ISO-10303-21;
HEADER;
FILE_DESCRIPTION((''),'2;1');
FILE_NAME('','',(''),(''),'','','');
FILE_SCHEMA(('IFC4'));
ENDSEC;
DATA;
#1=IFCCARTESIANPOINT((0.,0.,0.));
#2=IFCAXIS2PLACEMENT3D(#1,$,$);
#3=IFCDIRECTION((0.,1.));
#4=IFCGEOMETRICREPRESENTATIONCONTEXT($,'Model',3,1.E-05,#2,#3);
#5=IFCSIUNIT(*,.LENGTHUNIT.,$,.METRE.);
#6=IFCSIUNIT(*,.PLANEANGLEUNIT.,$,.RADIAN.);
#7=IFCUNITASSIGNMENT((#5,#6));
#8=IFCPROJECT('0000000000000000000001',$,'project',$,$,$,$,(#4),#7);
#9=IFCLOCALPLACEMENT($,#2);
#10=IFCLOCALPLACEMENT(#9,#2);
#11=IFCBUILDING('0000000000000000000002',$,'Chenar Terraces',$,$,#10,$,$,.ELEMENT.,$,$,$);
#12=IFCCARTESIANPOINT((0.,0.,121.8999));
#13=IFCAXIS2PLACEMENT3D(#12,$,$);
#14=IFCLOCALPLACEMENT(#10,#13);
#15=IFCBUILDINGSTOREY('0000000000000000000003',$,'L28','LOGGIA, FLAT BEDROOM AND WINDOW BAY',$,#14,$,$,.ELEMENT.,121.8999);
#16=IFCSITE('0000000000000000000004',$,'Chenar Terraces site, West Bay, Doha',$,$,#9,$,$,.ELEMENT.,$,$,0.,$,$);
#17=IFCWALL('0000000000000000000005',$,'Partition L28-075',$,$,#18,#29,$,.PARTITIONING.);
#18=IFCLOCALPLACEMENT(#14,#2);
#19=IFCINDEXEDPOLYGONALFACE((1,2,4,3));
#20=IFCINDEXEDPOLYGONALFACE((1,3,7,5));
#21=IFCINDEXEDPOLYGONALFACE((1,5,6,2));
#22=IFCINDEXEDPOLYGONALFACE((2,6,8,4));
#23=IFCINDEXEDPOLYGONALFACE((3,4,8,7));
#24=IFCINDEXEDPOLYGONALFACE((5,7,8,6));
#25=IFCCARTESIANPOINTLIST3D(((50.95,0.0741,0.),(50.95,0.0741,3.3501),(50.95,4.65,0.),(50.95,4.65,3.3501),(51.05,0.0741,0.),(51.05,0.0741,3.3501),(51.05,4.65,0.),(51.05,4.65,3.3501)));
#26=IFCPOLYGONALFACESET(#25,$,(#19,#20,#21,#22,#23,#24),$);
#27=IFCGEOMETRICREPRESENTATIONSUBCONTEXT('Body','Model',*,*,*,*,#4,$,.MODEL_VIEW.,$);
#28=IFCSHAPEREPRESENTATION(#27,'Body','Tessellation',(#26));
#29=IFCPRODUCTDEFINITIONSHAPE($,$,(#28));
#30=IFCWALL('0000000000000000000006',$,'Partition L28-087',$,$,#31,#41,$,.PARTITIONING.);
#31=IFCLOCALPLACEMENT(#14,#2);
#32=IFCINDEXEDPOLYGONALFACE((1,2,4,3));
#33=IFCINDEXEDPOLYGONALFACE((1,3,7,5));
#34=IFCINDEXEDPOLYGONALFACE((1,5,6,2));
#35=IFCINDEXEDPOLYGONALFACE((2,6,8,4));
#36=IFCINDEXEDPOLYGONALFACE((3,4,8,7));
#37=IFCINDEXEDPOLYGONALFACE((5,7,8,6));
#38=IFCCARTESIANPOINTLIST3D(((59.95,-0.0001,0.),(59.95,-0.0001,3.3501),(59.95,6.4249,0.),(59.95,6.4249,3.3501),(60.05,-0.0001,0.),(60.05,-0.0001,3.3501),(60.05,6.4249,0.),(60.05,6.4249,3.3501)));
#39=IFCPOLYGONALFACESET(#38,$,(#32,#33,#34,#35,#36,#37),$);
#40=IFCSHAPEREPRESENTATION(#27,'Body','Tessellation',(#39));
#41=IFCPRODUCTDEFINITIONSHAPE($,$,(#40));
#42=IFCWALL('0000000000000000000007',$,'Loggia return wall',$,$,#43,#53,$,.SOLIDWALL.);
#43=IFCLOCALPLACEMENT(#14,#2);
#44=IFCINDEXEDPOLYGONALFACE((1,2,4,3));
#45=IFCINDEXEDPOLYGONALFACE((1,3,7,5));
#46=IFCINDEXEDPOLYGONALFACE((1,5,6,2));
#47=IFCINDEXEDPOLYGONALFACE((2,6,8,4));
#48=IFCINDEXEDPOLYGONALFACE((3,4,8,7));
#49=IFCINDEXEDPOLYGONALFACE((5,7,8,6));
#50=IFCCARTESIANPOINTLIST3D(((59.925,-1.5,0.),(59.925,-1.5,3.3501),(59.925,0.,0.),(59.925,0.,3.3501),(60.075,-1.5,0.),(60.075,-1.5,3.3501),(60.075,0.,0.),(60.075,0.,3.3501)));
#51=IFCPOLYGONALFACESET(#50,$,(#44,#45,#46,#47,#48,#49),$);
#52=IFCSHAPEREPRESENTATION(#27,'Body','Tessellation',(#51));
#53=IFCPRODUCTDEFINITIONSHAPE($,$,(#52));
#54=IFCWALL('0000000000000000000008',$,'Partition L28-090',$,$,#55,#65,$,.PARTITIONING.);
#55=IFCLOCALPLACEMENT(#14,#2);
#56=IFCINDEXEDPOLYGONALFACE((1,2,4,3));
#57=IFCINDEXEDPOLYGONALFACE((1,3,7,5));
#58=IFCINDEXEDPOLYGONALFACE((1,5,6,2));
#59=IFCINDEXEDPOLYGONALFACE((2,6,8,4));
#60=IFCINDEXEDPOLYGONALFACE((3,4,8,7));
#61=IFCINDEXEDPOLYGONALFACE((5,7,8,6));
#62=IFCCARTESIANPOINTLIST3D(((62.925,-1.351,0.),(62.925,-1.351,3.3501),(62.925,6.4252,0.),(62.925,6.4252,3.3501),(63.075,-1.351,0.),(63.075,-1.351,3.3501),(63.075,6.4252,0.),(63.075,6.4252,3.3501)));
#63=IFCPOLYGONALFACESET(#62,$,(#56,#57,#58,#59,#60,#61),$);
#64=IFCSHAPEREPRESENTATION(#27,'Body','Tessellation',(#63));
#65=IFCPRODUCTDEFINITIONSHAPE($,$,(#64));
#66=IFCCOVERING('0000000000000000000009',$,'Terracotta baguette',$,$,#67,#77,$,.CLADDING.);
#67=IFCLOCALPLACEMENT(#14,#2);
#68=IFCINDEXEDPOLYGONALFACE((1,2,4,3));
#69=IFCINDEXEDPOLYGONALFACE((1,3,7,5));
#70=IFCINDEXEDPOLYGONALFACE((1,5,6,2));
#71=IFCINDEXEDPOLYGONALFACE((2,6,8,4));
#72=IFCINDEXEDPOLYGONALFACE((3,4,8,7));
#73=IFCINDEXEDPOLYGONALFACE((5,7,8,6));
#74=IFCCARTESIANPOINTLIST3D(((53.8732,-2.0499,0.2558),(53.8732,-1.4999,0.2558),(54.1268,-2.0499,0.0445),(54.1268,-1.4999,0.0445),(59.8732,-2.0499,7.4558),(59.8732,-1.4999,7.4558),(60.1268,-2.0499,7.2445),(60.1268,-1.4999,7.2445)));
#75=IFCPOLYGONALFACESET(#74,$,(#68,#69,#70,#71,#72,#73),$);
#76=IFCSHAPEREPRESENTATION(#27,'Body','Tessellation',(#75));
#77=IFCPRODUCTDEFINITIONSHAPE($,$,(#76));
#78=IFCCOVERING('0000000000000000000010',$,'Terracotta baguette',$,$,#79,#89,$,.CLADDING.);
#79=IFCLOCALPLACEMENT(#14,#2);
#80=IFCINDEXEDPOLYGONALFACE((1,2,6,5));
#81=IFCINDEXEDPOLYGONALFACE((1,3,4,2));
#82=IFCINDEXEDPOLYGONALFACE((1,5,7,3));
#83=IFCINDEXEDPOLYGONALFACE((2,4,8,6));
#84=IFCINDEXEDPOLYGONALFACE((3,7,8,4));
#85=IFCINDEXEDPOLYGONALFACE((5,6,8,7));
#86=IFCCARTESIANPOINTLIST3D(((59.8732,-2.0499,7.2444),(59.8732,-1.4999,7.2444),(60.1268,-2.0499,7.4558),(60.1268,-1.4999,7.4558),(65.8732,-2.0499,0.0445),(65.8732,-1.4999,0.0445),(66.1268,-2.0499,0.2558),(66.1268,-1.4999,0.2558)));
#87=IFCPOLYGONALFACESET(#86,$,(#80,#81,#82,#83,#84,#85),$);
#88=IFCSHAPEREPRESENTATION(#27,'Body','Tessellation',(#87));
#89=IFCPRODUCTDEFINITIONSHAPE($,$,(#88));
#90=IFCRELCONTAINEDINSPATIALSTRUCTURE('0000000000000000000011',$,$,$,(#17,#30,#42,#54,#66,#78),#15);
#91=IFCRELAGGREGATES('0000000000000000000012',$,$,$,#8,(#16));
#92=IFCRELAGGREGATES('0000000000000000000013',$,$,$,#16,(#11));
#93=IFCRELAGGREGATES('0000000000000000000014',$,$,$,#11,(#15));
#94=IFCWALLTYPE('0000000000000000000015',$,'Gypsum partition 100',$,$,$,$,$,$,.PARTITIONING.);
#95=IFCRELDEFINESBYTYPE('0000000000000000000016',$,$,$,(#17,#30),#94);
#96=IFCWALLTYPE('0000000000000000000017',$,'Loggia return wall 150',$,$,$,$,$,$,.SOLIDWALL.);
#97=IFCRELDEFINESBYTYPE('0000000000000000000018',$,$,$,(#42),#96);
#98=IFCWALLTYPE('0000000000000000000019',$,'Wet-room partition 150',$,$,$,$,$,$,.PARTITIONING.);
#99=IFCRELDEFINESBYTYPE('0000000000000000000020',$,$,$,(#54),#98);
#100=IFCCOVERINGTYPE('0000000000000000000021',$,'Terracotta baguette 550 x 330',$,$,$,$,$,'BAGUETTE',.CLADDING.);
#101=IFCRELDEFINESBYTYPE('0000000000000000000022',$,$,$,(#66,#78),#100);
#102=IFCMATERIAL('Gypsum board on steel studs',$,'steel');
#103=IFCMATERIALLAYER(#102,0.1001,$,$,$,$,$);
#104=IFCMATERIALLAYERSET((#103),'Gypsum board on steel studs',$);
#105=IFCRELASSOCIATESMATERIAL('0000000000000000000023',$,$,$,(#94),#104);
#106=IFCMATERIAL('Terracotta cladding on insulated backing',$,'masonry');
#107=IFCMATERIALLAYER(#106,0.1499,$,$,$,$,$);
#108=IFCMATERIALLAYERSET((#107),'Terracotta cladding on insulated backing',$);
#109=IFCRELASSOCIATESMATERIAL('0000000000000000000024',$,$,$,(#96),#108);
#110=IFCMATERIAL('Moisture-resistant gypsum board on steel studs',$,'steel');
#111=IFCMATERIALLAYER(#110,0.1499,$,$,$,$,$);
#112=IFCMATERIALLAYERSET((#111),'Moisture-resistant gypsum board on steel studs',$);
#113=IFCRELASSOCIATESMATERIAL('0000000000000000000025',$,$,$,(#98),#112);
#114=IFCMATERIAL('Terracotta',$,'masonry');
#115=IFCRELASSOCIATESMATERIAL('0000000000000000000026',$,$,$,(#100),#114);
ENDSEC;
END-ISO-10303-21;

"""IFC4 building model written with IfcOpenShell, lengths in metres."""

from ifc_helpers import new_model, si_unit, direction, frame, frame_2d, origin, origin_2d, place, context, subcontext, project, spatial, rectangle, extrude, material, layer, layer_set, material_profile, profile_set, type_object, element, save


model = new_model("IFC4")

# Units and contexts
model_context = context("Model", 3, precision=1e-05, world=origin(), true_north=direction((0.0, 1.0)))
body_context = subcontext(model_context, "Body", "Model", "MODEL_VIEW")
ifc_project = project(units=[si_unit("LENGTHUNIT", "METRE"), si_unit("PLANEANGLEUNIT", "RADIAN")], contexts=[model_context])

# Site, building, storey
site_placement = place(None, origin())
site = spatial("IfcSite", under=ifc_project, at=site_placement, Name="Chenar Terraces site, West Bay, Doha", CompositionType="ELEMENT", RefElevation=0.0)
building_placement = place(site_placement, origin())
building = spatial("IfcBuilding", under=site, at=building_placement, Name="Chenar Terraces", CompositionType="ELEMENT")
storey_placement = place(building_placement, frame((0.0, 0.0, 121.8999)))
storey = spatial("IfcBuildingStorey", under=building, at=storey_placement, Name="L28", Description="LOGGIA, FLAT BEDROOM AND WINDOW BAY", CompositionType="ELEMENT", Elevation=121.8999)

# Walls
ifc_material_1 = material(Name="Gypsum board on steel studs", Category="steel")
ifc_layer_1 = layer(ifc_material_1, 0.1001)
ifc_layer_set_1 = layer_set([ifc_layer_1], Name="Gypsum board on steel studs")
wall_type_1 = type_object("IfcWallType", Name="Gypsum partition 100", PredefinedType="PARTITIONING", material=ifc_layer_set_1)
wall_1_placement = place(storey_placement, frame((51.0, 0.074, 0.0), z_axis=(0.0, 0.0, 1.0), x_axis=(0.0, 1.0, 0.0)))
element("IfcWall", 1, at=wall_1_placement, inside=storey, type_object=wall_type_1, Name="Partition L28-075", PredefinedType="PARTITIONING", context=body_context, shape_type="SweptSolid", body=[
    extrude(rectangle(XDim=4.5759, YDim=0.1001, at=frame_2d((2.2881, 0.0))), origin(), (0.0, 0.0, 1.0), 3.3501),
])
wall_2_placement = place(storey_placement, frame((60.0, 0.0, 0.0), z_axis=(0.0, 0.0, 1.0), x_axis=(0.0, 1.0, 0.0)))
element("IfcWall", 2, at=wall_2_placement, inside=storey, type_object=wall_type_1, Name="Partition L28-087", PredefinedType="PARTITIONING", context=body_context, shape_type="SweptSolid", body=[
    extrude(rectangle(XDim=6.425, YDim=0.1001, at=frame_2d((3.2124, 0.0))), origin(), (0.0, 0.0, 1.0), 3.3501),
])
ifc_material_2 = material(Name="Terracotta cladding on insulated backing", Category="masonry")
ifc_layer_2 = layer(ifc_material_2, 0.1499)
ifc_layer_set_2 = layer_set([ifc_layer_2], Name="Terracotta cladding on insulated backing")
wall_type_2 = type_object("IfcWallType", Name="Loggia return wall 150", PredefinedType="SOLIDWALL", material=ifc_layer_set_2)
wall_3_placement = place(storey_placement, frame((60.0, -1.5, 0.0), z_axis=(0.0, 0.0, 1.0), x_axis=(0.0, 1.0, 0.0)))
element("IfcWall", 3, at=wall_3_placement, inside=storey, type_object=wall_type_2, Name="Loggia return wall", PredefinedType="SOLIDWALL", context=body_context, shape_type="SweptSolid", body=[
    extrude(rectangle(XDim=1.5, YDim=0.1499, at=frame_2d((0.75, 0.0))), origin(), (0.0, 0.0, 1.0), 3.3501),
])
ifc_material_3 = material(Name="Moisture-resistant gypsum board on steel studs", Category="steel")
ifc_layer_3 = layer(ifc_material_3, 0.1499)
ifc_layer_set_3 = layer_set([ifc_layer_3], Name="Moisture-resistant gypsum board on steel studs")
wall_type_3 = type_object("IfcWallType", Name="Wet-room partition 150", PredefinedType="PARTITIONING", material=ifc_layer_set_3)
wall_4_placement = place(storey_placement, frame((63.0, -1.3511, 0.0), z_axis=(0.0, 0.0, 1.0), x_axis=(0.0, 1.0, 0.0)))
element("IfcWall", 4, at=wall_4_placement, inside=storey, type_object=wall_type_3, Name="Partition L28-090", PredefinedType="PARTITIONING", context=body_context, shape_type="SweptSolid", body=[
    extrude(rectangle(XDim=7.7761, YDim=0.1499, at=frame_2d((3.8882, 0.0))), origin(), (0.0, 0.0, 1.0), 3.3501),
])

# Coverings
ifc_material_4 = material(Name="Terracotta", Category="masonry")
ifc_material_profile_1 = material_profile(ifc_material_4, rectangle(XDim=0.55, YDim=0.3301, at=origin_2d()), Name="Terracotta baguette 550 x 330")
ifc_profile_set_1 = profile_set([ifc_material_profile_1], Name="Terracotta")
covering_type = type_object("IfcCoveringType", Name="Terracotta baguette 550 x 330", ElementType="BAGUETTE", PredefinedType="CLADDING", material=ifc_profile_set_1)
for number, where, z_axis, x_axis, name in (
    (5, (54.0, -1.7749, 0.1501), (0.640187, 0.0, 0.768219), (0.0, 1.0, 0.0), "Terracotta baguette"),
    (6, (60.0, -1.7749, 7.3501), (0.640187, 0.0, -0.768219), (0.0, 1.0, 0.0), "Terracotta baguette"),
):
    element("IfcCovering", number, at=place(storey_placement, frame(where, z_axis=z_axis, x_axis=x_axis)), inside=storey, type_object=covering_type, Name=name, PredefinedType="CLADDING", context=body_context, shape_type="SweptSolid", body=[
        extrude(rectangle(XDim=0.55, YDim=0.3301, at=origin_2d()), origin(), (0.0, 0.0, 1.0), 9.3723),
    ])

save(model, "model.ifc")
